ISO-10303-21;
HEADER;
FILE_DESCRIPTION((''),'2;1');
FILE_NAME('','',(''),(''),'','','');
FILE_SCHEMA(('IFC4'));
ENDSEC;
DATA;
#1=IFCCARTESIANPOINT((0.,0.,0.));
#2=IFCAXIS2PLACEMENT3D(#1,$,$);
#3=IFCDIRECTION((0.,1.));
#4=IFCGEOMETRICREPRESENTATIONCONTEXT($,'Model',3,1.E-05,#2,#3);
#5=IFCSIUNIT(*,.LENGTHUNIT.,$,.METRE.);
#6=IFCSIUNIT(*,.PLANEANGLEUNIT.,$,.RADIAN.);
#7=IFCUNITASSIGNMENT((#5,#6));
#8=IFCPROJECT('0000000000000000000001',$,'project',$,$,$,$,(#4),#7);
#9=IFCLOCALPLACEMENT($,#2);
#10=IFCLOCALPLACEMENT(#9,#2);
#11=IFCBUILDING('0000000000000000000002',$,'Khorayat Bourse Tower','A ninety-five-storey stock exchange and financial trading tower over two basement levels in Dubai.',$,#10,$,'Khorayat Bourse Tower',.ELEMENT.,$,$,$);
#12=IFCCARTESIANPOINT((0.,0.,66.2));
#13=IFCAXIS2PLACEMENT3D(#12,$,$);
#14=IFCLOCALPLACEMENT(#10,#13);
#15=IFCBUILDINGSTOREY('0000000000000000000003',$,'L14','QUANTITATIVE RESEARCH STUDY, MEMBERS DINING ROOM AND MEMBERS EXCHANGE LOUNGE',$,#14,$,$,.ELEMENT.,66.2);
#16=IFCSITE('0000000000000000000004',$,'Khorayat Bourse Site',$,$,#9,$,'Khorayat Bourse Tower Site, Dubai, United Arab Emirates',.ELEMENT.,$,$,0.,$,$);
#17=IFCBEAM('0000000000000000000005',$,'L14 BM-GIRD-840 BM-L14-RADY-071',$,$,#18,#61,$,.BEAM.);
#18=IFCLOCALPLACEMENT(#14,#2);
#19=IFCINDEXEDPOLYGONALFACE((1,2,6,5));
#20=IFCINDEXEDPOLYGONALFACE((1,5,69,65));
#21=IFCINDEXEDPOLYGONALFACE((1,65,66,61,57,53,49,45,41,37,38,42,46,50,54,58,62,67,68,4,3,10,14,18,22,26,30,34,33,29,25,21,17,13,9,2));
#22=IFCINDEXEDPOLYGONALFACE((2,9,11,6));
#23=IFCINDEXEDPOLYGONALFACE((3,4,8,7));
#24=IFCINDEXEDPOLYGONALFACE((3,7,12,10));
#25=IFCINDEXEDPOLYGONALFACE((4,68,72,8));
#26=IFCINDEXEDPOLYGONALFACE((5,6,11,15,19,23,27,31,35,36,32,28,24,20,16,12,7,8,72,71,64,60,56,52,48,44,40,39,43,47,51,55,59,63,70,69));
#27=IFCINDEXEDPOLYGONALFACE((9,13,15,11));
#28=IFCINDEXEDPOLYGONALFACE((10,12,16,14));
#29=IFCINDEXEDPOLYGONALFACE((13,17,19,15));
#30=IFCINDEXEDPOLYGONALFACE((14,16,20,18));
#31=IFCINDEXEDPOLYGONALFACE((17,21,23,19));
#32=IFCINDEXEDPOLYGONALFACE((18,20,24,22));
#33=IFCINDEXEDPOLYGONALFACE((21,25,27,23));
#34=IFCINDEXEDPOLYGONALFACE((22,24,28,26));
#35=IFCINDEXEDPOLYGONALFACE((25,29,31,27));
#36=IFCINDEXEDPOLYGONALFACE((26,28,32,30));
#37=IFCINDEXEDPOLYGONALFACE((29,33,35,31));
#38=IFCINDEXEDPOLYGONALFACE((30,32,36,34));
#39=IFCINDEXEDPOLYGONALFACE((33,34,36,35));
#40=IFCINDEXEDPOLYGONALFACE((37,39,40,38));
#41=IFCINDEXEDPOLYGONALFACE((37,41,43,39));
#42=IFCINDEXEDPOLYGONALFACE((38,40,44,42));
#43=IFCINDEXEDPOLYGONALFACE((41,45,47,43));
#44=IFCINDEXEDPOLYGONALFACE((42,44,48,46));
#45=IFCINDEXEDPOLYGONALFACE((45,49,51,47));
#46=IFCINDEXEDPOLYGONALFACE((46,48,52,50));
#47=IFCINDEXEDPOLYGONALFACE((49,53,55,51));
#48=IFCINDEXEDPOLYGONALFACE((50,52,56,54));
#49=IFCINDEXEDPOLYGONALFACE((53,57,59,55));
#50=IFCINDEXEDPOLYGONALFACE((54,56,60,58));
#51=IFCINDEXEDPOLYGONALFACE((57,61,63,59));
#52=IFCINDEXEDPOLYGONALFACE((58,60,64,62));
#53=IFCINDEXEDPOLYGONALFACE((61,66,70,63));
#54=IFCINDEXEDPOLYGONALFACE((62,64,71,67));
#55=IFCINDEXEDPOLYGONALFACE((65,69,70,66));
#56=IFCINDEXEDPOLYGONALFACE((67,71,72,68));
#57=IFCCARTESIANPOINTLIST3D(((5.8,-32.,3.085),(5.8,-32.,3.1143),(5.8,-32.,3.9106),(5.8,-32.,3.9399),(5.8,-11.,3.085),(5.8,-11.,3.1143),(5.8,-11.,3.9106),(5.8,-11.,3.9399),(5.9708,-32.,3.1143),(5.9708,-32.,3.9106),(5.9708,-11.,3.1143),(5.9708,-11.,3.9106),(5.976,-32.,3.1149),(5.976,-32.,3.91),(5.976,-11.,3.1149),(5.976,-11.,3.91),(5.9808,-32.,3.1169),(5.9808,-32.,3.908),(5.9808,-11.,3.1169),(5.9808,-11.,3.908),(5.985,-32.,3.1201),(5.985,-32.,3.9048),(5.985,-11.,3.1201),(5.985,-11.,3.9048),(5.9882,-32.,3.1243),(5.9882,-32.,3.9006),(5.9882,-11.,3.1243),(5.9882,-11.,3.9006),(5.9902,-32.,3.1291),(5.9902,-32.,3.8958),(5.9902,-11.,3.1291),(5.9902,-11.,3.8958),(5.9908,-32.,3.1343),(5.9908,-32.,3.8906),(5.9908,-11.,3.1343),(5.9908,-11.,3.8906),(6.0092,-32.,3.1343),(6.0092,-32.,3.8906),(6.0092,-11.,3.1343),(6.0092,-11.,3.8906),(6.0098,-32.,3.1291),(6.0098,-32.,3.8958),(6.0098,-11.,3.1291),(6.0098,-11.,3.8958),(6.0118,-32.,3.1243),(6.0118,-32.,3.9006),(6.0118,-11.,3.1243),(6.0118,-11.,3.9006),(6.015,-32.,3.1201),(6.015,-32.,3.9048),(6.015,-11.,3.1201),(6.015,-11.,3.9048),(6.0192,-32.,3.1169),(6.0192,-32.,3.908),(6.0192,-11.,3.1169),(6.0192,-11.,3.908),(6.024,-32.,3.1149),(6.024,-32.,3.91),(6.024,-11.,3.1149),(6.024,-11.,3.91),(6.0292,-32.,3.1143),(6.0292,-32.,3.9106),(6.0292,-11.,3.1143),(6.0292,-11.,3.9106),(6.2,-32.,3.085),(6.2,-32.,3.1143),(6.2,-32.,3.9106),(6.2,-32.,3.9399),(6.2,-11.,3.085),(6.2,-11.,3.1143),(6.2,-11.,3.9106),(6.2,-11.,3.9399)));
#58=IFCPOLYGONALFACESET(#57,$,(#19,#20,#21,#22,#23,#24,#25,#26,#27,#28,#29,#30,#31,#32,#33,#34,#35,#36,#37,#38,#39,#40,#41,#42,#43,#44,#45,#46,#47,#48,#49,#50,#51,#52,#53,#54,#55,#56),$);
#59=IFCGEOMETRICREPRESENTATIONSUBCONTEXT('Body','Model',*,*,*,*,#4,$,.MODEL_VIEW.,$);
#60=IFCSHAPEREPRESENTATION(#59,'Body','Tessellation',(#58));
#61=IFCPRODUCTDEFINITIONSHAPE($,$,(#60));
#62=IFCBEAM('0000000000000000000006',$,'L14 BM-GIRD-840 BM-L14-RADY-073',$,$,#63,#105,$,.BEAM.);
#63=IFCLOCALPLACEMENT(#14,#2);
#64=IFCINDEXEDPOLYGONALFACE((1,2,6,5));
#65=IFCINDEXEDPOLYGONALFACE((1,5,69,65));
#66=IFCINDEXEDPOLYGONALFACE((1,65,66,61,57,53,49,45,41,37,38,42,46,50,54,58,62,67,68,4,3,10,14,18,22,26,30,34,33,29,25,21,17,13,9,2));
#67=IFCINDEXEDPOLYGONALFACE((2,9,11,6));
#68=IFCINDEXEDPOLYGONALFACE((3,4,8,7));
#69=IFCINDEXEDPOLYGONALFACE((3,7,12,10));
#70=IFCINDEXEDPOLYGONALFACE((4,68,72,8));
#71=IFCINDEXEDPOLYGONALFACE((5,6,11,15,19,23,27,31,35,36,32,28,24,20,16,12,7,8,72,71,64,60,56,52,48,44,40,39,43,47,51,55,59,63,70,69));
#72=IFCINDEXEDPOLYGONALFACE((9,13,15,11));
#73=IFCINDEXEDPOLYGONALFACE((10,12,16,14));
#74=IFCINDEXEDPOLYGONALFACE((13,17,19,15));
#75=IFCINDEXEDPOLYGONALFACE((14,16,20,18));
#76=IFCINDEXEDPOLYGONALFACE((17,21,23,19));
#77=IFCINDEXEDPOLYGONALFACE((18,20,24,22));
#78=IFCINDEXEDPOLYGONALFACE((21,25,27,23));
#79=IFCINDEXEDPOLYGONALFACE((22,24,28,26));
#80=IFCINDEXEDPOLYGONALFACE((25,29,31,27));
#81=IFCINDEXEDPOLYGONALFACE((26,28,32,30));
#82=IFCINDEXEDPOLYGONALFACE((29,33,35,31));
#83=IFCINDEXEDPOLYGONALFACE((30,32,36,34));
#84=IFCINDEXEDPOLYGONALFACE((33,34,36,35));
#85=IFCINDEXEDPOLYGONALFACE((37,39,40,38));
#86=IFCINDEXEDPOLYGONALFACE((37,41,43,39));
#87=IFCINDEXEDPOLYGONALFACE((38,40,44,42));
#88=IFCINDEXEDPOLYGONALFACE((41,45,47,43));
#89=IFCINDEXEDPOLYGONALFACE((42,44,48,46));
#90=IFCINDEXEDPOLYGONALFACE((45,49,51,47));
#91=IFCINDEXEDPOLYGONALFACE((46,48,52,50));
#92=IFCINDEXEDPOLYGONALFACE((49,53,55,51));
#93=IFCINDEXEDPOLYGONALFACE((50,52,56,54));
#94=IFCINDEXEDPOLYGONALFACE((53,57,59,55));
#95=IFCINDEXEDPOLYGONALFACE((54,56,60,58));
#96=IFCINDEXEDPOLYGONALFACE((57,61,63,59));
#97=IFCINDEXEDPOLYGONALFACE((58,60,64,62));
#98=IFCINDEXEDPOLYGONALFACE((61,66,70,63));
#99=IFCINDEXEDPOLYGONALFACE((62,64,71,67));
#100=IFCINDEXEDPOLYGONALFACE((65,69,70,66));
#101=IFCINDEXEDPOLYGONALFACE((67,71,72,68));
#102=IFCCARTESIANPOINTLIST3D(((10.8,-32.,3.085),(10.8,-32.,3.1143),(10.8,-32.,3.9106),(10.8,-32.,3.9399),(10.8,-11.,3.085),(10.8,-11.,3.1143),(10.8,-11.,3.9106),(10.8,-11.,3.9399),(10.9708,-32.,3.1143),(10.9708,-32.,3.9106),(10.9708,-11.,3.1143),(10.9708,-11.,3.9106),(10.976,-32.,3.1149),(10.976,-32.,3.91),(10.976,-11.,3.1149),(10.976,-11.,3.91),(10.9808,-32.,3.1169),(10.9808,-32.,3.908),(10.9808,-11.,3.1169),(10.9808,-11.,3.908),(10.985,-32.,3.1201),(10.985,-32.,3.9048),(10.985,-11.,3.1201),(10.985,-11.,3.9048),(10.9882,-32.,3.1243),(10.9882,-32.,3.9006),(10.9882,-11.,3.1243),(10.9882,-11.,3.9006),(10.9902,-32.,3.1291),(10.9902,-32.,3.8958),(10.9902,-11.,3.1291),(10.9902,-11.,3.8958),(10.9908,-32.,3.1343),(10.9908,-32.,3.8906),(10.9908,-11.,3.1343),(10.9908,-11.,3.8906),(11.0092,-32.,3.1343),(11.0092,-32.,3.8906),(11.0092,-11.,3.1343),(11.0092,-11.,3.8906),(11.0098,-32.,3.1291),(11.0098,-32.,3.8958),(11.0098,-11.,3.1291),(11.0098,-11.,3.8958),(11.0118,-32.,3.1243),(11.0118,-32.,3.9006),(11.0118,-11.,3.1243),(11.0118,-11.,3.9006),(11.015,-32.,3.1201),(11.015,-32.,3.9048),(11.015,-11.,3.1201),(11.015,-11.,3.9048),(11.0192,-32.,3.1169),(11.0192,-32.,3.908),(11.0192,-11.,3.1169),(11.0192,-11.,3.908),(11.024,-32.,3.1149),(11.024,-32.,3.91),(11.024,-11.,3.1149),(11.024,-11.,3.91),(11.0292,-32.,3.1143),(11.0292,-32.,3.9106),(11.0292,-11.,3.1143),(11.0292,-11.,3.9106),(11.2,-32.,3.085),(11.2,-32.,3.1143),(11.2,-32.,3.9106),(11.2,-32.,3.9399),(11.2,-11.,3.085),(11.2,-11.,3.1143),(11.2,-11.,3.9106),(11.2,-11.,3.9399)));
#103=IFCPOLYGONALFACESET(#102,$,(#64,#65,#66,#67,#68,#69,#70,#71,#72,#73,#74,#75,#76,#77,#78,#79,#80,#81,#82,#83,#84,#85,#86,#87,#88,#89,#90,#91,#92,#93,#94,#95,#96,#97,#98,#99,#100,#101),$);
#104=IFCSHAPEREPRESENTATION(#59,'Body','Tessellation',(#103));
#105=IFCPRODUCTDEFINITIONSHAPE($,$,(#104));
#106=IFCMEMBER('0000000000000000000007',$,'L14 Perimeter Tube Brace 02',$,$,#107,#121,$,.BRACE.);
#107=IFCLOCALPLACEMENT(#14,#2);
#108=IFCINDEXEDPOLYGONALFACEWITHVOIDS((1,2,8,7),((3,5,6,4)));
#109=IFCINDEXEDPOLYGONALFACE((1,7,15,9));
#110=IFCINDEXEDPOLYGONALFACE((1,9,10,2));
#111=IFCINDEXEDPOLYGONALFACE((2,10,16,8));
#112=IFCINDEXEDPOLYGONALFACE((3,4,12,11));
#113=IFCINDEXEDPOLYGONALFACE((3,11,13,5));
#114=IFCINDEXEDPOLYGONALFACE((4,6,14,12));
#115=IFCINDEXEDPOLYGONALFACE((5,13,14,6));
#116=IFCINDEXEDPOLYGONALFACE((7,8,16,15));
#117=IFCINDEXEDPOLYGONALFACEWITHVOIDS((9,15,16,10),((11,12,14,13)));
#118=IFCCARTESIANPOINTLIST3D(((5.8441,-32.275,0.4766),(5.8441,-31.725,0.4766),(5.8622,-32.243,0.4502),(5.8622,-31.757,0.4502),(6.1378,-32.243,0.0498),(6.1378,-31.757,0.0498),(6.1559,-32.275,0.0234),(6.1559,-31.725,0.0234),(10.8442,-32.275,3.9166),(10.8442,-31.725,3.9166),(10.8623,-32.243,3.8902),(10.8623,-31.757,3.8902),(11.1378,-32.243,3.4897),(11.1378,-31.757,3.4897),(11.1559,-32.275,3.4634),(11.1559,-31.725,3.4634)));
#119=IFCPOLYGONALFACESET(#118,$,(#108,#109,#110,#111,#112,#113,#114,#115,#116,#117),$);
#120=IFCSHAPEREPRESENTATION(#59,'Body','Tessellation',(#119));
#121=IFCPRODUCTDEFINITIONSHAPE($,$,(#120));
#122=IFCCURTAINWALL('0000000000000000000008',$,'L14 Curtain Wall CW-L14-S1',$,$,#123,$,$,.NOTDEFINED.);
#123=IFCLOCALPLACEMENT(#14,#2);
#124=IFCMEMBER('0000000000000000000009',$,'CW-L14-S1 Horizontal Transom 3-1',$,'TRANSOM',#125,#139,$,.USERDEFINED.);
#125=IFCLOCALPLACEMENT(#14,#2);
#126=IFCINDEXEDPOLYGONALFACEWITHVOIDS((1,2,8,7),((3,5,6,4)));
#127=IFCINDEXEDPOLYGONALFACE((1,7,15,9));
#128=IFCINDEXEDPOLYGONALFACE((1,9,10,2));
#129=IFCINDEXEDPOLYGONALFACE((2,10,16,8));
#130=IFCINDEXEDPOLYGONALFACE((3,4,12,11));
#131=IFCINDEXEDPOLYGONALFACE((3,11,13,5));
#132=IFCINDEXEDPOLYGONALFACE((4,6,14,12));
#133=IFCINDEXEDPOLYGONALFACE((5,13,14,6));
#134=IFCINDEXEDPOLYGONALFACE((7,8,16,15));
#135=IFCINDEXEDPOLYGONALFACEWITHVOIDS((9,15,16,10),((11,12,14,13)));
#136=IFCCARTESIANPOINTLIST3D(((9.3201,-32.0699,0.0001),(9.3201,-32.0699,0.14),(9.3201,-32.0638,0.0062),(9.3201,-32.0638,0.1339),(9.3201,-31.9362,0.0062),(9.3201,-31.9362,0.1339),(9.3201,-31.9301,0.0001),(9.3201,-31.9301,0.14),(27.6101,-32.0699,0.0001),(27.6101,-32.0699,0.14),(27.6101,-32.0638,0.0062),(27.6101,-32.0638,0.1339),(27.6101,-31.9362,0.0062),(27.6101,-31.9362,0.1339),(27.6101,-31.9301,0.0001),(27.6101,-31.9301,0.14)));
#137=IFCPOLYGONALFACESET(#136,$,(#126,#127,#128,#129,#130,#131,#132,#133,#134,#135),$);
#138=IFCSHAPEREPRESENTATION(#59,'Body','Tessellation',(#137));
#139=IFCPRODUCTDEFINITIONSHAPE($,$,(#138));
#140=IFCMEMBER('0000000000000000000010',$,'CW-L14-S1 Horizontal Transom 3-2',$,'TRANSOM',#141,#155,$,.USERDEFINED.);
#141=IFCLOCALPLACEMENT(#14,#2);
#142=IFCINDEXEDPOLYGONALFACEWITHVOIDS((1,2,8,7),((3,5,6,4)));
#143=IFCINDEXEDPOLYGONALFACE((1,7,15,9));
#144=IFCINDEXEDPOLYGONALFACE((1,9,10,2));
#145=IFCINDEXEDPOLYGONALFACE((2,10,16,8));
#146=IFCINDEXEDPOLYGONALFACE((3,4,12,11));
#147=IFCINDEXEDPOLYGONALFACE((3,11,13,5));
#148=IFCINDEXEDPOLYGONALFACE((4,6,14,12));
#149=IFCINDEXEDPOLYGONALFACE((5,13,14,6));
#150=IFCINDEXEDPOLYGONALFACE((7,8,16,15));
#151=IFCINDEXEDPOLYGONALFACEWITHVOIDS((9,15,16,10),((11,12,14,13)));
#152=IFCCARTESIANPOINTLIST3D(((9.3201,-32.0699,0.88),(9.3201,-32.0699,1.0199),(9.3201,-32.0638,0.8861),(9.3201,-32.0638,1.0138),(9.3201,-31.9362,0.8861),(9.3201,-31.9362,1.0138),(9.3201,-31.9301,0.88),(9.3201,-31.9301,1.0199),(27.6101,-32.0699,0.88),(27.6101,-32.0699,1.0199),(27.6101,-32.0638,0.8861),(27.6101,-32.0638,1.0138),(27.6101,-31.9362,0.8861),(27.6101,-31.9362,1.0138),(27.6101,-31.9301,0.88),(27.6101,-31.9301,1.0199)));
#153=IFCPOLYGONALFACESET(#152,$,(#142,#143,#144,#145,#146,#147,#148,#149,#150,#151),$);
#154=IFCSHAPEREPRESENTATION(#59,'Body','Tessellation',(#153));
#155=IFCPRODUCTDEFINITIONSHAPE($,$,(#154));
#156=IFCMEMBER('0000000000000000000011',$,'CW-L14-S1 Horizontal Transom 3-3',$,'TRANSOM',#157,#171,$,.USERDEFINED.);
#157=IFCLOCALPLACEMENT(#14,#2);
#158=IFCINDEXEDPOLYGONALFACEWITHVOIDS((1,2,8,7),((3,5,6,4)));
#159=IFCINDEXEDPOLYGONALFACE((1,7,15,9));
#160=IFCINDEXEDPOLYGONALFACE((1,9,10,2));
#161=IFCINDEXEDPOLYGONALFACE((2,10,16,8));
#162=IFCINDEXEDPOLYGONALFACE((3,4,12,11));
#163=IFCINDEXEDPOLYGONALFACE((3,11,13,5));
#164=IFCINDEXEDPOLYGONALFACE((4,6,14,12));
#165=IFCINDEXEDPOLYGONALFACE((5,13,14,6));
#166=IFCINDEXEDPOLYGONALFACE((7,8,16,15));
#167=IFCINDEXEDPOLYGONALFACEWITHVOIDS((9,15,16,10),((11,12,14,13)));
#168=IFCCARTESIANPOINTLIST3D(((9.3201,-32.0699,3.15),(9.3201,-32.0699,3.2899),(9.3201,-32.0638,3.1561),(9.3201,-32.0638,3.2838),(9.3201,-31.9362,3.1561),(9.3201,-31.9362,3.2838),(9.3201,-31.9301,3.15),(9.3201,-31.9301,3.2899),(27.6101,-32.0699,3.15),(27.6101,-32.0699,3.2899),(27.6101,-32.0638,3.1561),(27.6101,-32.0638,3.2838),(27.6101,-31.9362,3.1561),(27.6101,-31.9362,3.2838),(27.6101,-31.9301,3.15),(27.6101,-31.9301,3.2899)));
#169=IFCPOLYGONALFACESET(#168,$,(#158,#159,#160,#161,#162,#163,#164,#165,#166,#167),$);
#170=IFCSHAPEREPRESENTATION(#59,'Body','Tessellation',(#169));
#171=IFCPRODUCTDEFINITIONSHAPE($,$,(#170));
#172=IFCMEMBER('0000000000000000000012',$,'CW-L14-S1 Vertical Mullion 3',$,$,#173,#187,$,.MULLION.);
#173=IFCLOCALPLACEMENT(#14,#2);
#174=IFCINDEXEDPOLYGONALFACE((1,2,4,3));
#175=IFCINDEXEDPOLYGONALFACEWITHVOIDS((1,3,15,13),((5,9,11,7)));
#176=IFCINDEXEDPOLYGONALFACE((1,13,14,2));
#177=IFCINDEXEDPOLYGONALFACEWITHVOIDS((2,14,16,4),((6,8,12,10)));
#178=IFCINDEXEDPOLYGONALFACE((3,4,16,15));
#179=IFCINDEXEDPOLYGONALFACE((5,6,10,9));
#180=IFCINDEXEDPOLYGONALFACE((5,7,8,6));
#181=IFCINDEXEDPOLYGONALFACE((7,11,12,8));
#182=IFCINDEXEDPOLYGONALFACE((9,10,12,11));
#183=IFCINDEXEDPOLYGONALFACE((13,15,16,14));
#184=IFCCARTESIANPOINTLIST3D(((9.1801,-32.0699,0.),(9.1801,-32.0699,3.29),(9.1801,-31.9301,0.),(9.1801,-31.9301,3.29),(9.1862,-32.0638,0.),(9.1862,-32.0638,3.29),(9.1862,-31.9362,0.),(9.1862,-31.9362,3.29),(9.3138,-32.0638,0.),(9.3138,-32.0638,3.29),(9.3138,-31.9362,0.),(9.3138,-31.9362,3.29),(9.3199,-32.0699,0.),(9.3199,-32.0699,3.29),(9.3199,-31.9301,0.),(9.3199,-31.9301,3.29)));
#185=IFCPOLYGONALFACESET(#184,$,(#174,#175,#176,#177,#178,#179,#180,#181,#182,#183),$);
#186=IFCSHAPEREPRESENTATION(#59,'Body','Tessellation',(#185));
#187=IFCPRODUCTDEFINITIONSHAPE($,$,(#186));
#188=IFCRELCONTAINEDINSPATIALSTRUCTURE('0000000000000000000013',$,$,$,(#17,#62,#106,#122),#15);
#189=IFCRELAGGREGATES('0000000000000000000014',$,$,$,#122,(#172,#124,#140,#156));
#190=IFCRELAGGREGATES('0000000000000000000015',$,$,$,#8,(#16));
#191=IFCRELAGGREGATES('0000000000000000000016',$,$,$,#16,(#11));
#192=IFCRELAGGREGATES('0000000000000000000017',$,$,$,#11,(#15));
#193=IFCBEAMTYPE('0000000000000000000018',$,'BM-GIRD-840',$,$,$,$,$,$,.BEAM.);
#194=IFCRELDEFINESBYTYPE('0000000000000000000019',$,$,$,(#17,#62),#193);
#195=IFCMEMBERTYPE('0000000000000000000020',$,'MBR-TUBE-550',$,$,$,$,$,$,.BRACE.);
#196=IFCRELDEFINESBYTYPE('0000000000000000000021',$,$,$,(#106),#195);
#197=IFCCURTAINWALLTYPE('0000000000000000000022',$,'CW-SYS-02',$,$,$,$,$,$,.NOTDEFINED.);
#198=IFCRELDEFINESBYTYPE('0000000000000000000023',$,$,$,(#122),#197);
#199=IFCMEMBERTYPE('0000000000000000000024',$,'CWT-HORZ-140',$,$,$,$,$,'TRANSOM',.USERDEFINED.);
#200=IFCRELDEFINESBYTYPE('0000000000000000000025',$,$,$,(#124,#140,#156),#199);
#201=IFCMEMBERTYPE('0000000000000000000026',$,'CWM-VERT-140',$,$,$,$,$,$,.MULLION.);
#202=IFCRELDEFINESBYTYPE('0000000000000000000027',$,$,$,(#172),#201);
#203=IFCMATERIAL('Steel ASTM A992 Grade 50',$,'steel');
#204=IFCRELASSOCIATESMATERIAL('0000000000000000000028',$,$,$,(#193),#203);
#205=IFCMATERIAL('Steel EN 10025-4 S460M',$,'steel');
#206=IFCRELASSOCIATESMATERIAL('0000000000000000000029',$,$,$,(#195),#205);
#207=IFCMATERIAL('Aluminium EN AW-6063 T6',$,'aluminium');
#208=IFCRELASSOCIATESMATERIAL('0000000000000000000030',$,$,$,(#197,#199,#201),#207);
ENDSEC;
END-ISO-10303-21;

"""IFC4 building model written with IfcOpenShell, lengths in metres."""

from ifc_helpers import new_model, si_unit, direction, frame, origin, origin_2d, place, context, subcontext, project, spatial, hollow_rectangle, i_section, extrude, source, transform, mapped, material, material_profile, profile_set, type_object, element, aggregate, save


model = new_model("IFC4")

# Units and contexts
model_context = context("Model", 3, precision=1e-05, world=origin(), true_north=direction((0.0, 1.0)))
body_context = subcontext(model_context, "Body", "Model", "MODEL_VIEW")
ifc_project = project(units=[si_unit("LENGTHUNIT", "METRE"), si_unit("PLANEANGLEUNIT", "RADIAN")], contexts=[model_context])

# Site, building, storey
site_placement = place(None, origin())
site = spatial("IfcSite", under=ifc_project, at=site_placement, Name="Khorayat Bourse Site", LongName="Khorayat Bourse Tower Site, Dubai, United Arab Emirates", CompositionType="ELEMENT", RefElevation=0.0)
building_placement = place(site_placement, origin())
building = spatial("IfcBuilding", under=site, at=building_placement, Name="Khorayat Bourse Tower", Description="A ninety-five-storey stock exchange and financial trading tower over two basement levels in Dubai.", LongName="Khorayat Bourse Tower", CompositionType="ELEMENT")
storey_placement = place(building_placement, frame((0.0, 0.0, 66.2)))
storey = spatial("IfcBuildingStorey", under=building, at=storey_placement, Name="L14", Description="QUANTITATIVE RESEARCH STUDY, MEMBERS DINING ROOM AND MEMBERS EXCHANGE LOUNGE", CompositionType="ELEMENT", Elevation=66.2)

# Shared definitions
ifc_material_1 = material(Name="Steel EN 10025-4 S460M", Category="steel")

# Beams
ifc_material_2 = material(Name="Steel ASTM A992 Grade 50", Category="steel")
ifc_material_profile_1 = material_profile(ifc_material_2, i_section(OverallWidth=0.3999, OverallDepth=0.855, WebThickness=0.0183, FlangeThickness=0.0293, FilletRadius=0.02, at=origin_2d()), Name="W840X299")
ifc_profile_set_1 = profile_set([ifc_material_profile_1], Name="Steel ASTM A992 Grade 50")
beam_type_1 = type_object("IfcBeamType", Name="BM-GIRD-840", PredefinedType="BEAM", material=ifc_profile_set_1)
shared_shape_1 = source(origin(), body_context, "Body", "SweptSolid", [
    extrude(i_section(OverallWidth=0.3999, OverallDepth=0.855, WebThickness=0.0183, FlangeThickness=0.0293, FilletRadius=0.02, at=origin_2d()), origin(), (0.0, 0.0, 1.0), 21.0),
])
for number, where, z_axis, x_axis, name in (
    (1, (6.0, -32.0, 3.5125), (0.0, 1.0, 0.0), (-1.0, 0.0, 0.0), "L14 BM-GIRD-840 BM-L14-RADY-071"),
    (2, (11.0, -32.0, 3.5125), (0.0, 1.0, 0.0), (-1.0, 0.0, 0.0), "L14 BM-GIRD-840 BM-L14-RADY-073"),
):
    element("IfcBeam", number, at=place(storey_placement, frame(where, z_axis=z_axis, x_axis=x_axis)), inside=storey, type_object=beam_type_1, Name=name, PredefinedType="BEAM", context=body_context, shape_type="MappedRepresentation", body=[
        mapped(shared_shape_1, transform((0.0, 0.0, 0.0), scale=1.0)),
    ])

# Member
ifc_material_profile_2 = material_profile(ifc_material_1, hollow_rectangle(XDim=0.55, YDim=0.55, WallThickness=0.032, at=origin_2d()), Name="HSS 550x550x32")
ifc_profile_set_2 = profile_set([ifc_material_profile_2], Name="Steel EN 10025-4 S460M")
member_type_1 = type_object("IfcMemberType", Name="MBR-TUBE-550", PredefinedType="BRACE", material=ifc_profile_set_2)
shared_shape_2 = source(origin(), body_context, "Body", "SweptSolid", [
    extrude(hollow_rectangle(XDim=0.55, YDim=0.55, WallThickness=0.032, at=origin_2d()), origin(), (0.0, 0.0, 1.0), 6.0691),
])
member_1_placement = place(storey_placement, frame((6.0, -32.0, 0.25), z_axis=(0.823854, 0.0, 0.566802), x_axis=(0.0, 1.0, 0.0)))
element("IfcMember", 3, at=member_1_placement, inside=storey, type_object=member_type_1, Name="L14 Perimeter Tube Brace 02", PredefinedType="BRACE", context=body_context, shape_type="MappedRepresentation", body=[
    mapped(shared_shape_2, transform((0.0, 0.0, 0.0), scale=1.0)),
])

# Curtain wall, members
ifc_material_3 = material(Name="Aluminium EN AW-6063 T6", Category="aluminium")
curtain_wall_type = type_object("IfcCurtainWallType", Name="CW-SYS-02", PredefinedType="NOTDEFINED", material=ifc_material_3)
curtain_wall_placement = place(storey_placement, origin())
curtain_wall = element("IfcCurtainWall", 4, at=curtain_wall_placement, inside=storey, type_object=curtain_wall_type, Name="L14 Curtain Wall CW-L14-S1", PredefinedType="NOTDEFINED")
ifc_material_profile_3 = material_profile(ifc_material_3, hollow_rectangle(XDim=0.1399, YDim=0.1399, WallThickness=0.0061, at=origin_2d()), Name="ALU 140x140x6")
ifc_profile_set_3 = profile_set([ifc_material_profile_3], Name="Aluminium EN AW-6063 T6")
member_type_2 = type_object("IfcMemberType", Name="CWT-HORZ-140", ElementType="TRANSOM", PredefinedType="USERDEFINED", material=ifc_profile_set_3)
shared_shape_3 = source(origin(), body_context, "Body", "SweptSolid", [
    extrude(hollow_rectangle(XDim=0.1399, YDim=0.1399, WallThickness=0.0061, at=origin_2d()), origin(), (0.0, 0.0, 1.0), 18.29),
])
member_2_placement = place(storey_placement, frame((9.3201, -32.0, 0.0701), z_axis=(1.0, 0.0, 0.0), x_axis=(0.0, 1.0, 0.0)))
member_2 = element("IfcMember", 5, at=member_2_placement, type_object=member_type_2, Name="CW-L14-S1 Horizontal Transom 3-1", ObjectType="TRANSOM", PredefinedType="USERDEFINED", context=body_context, shape_type="MappedRepresentation", body=[
    mapped(shared_shape_3, transform((0.0, 0.0, 0.0), scale=1.0)),
])
member_3_placement = place(storey_placement, frame((9.3201, -32.0, 0.95), z_axis=(1.0, 0.0, 0.0), x_axis=(0.0, 1.0, 0.0)))
member_3 = element("IfcMember", 6, at=member_3_placement, type_object=member_type_2, Name="CW-L14-S1 Horizontal Transom 3-2", ObjectType="TRANSOM", PredefinedType="USERDEFINED", context=body_context, shape_type="MappedRepresentation", body=[
    mapped(shared_shape_3, transform((0.0, 0.0, 0.0), scale=1.0)),
])
member_4_placement = place(storey_placement, frame((9.3201, -32.0, 3.22), z_axis=(1.0, 0.0, 0.0), x_axis=(0.0, 1.0, 0.0)))
member_4 = element("IfcMember", 7, at=member_4_placement, type_object=member_type_2, Name="CW-L14-S1 Horizontal Transom 3-3", ObjectType="TRANSOM", PredefinedType="USERDEFINED", context=body_context, shape_type="MappedRepresentation", body=[
    mapped(shared_shape_3, transform((0.0, 0.0, 0.0), scale=1.0)),
])
ifc_material_profile_4 = material_profile(ifc_material_3, hollow_rectangle(XDim=0.1399, YDim=0.1399, WallThickness=0.0061, at=origin_2d()), Name="ALU 140x140x6")
ifc_profile_set_4 = profile_set([ifc_material_profile_4], Name="Aluminium EN AW-6063 T6")
member_type_3 = type_object("IfcMemberType", Name="CWM-VERT-140", PredefinedType="MULLION", material=ifc_profile_set_4)
shared_shape_4 = source(origin(), body_context, "Body", "SweptSolid", [
    extrude(hollow_rectangle(XDim=0.1399, YDim=0.1399, WallThickness=0.0061, at=origin_2d()), origin(), (0.0, 0.0, 1.0), 3.29),
])
member_5_placement = place(storey_placement, frame((9.25, -32.0, 0.0), z_axis=(0.0, 0.0, 1.0), x_axis=(0.0, 1.0, 0.0)))
member_5 = element("IfcMember", 8, at=member_5_placement, type_object=member_type_3, Name="CW-L14-S1 Vertical Mullion 3", PredefinedType="MULLION", context=body_context, shape_type="MappedRepresentation", body=[
    mapped(shared_shape_4, transform((0.0, 0.0, 0.0), scale=1.0)),
])

aggregate(curtain_wall, [member_5, member_2, member_3, member_4])

save(model, "model.ifc")
